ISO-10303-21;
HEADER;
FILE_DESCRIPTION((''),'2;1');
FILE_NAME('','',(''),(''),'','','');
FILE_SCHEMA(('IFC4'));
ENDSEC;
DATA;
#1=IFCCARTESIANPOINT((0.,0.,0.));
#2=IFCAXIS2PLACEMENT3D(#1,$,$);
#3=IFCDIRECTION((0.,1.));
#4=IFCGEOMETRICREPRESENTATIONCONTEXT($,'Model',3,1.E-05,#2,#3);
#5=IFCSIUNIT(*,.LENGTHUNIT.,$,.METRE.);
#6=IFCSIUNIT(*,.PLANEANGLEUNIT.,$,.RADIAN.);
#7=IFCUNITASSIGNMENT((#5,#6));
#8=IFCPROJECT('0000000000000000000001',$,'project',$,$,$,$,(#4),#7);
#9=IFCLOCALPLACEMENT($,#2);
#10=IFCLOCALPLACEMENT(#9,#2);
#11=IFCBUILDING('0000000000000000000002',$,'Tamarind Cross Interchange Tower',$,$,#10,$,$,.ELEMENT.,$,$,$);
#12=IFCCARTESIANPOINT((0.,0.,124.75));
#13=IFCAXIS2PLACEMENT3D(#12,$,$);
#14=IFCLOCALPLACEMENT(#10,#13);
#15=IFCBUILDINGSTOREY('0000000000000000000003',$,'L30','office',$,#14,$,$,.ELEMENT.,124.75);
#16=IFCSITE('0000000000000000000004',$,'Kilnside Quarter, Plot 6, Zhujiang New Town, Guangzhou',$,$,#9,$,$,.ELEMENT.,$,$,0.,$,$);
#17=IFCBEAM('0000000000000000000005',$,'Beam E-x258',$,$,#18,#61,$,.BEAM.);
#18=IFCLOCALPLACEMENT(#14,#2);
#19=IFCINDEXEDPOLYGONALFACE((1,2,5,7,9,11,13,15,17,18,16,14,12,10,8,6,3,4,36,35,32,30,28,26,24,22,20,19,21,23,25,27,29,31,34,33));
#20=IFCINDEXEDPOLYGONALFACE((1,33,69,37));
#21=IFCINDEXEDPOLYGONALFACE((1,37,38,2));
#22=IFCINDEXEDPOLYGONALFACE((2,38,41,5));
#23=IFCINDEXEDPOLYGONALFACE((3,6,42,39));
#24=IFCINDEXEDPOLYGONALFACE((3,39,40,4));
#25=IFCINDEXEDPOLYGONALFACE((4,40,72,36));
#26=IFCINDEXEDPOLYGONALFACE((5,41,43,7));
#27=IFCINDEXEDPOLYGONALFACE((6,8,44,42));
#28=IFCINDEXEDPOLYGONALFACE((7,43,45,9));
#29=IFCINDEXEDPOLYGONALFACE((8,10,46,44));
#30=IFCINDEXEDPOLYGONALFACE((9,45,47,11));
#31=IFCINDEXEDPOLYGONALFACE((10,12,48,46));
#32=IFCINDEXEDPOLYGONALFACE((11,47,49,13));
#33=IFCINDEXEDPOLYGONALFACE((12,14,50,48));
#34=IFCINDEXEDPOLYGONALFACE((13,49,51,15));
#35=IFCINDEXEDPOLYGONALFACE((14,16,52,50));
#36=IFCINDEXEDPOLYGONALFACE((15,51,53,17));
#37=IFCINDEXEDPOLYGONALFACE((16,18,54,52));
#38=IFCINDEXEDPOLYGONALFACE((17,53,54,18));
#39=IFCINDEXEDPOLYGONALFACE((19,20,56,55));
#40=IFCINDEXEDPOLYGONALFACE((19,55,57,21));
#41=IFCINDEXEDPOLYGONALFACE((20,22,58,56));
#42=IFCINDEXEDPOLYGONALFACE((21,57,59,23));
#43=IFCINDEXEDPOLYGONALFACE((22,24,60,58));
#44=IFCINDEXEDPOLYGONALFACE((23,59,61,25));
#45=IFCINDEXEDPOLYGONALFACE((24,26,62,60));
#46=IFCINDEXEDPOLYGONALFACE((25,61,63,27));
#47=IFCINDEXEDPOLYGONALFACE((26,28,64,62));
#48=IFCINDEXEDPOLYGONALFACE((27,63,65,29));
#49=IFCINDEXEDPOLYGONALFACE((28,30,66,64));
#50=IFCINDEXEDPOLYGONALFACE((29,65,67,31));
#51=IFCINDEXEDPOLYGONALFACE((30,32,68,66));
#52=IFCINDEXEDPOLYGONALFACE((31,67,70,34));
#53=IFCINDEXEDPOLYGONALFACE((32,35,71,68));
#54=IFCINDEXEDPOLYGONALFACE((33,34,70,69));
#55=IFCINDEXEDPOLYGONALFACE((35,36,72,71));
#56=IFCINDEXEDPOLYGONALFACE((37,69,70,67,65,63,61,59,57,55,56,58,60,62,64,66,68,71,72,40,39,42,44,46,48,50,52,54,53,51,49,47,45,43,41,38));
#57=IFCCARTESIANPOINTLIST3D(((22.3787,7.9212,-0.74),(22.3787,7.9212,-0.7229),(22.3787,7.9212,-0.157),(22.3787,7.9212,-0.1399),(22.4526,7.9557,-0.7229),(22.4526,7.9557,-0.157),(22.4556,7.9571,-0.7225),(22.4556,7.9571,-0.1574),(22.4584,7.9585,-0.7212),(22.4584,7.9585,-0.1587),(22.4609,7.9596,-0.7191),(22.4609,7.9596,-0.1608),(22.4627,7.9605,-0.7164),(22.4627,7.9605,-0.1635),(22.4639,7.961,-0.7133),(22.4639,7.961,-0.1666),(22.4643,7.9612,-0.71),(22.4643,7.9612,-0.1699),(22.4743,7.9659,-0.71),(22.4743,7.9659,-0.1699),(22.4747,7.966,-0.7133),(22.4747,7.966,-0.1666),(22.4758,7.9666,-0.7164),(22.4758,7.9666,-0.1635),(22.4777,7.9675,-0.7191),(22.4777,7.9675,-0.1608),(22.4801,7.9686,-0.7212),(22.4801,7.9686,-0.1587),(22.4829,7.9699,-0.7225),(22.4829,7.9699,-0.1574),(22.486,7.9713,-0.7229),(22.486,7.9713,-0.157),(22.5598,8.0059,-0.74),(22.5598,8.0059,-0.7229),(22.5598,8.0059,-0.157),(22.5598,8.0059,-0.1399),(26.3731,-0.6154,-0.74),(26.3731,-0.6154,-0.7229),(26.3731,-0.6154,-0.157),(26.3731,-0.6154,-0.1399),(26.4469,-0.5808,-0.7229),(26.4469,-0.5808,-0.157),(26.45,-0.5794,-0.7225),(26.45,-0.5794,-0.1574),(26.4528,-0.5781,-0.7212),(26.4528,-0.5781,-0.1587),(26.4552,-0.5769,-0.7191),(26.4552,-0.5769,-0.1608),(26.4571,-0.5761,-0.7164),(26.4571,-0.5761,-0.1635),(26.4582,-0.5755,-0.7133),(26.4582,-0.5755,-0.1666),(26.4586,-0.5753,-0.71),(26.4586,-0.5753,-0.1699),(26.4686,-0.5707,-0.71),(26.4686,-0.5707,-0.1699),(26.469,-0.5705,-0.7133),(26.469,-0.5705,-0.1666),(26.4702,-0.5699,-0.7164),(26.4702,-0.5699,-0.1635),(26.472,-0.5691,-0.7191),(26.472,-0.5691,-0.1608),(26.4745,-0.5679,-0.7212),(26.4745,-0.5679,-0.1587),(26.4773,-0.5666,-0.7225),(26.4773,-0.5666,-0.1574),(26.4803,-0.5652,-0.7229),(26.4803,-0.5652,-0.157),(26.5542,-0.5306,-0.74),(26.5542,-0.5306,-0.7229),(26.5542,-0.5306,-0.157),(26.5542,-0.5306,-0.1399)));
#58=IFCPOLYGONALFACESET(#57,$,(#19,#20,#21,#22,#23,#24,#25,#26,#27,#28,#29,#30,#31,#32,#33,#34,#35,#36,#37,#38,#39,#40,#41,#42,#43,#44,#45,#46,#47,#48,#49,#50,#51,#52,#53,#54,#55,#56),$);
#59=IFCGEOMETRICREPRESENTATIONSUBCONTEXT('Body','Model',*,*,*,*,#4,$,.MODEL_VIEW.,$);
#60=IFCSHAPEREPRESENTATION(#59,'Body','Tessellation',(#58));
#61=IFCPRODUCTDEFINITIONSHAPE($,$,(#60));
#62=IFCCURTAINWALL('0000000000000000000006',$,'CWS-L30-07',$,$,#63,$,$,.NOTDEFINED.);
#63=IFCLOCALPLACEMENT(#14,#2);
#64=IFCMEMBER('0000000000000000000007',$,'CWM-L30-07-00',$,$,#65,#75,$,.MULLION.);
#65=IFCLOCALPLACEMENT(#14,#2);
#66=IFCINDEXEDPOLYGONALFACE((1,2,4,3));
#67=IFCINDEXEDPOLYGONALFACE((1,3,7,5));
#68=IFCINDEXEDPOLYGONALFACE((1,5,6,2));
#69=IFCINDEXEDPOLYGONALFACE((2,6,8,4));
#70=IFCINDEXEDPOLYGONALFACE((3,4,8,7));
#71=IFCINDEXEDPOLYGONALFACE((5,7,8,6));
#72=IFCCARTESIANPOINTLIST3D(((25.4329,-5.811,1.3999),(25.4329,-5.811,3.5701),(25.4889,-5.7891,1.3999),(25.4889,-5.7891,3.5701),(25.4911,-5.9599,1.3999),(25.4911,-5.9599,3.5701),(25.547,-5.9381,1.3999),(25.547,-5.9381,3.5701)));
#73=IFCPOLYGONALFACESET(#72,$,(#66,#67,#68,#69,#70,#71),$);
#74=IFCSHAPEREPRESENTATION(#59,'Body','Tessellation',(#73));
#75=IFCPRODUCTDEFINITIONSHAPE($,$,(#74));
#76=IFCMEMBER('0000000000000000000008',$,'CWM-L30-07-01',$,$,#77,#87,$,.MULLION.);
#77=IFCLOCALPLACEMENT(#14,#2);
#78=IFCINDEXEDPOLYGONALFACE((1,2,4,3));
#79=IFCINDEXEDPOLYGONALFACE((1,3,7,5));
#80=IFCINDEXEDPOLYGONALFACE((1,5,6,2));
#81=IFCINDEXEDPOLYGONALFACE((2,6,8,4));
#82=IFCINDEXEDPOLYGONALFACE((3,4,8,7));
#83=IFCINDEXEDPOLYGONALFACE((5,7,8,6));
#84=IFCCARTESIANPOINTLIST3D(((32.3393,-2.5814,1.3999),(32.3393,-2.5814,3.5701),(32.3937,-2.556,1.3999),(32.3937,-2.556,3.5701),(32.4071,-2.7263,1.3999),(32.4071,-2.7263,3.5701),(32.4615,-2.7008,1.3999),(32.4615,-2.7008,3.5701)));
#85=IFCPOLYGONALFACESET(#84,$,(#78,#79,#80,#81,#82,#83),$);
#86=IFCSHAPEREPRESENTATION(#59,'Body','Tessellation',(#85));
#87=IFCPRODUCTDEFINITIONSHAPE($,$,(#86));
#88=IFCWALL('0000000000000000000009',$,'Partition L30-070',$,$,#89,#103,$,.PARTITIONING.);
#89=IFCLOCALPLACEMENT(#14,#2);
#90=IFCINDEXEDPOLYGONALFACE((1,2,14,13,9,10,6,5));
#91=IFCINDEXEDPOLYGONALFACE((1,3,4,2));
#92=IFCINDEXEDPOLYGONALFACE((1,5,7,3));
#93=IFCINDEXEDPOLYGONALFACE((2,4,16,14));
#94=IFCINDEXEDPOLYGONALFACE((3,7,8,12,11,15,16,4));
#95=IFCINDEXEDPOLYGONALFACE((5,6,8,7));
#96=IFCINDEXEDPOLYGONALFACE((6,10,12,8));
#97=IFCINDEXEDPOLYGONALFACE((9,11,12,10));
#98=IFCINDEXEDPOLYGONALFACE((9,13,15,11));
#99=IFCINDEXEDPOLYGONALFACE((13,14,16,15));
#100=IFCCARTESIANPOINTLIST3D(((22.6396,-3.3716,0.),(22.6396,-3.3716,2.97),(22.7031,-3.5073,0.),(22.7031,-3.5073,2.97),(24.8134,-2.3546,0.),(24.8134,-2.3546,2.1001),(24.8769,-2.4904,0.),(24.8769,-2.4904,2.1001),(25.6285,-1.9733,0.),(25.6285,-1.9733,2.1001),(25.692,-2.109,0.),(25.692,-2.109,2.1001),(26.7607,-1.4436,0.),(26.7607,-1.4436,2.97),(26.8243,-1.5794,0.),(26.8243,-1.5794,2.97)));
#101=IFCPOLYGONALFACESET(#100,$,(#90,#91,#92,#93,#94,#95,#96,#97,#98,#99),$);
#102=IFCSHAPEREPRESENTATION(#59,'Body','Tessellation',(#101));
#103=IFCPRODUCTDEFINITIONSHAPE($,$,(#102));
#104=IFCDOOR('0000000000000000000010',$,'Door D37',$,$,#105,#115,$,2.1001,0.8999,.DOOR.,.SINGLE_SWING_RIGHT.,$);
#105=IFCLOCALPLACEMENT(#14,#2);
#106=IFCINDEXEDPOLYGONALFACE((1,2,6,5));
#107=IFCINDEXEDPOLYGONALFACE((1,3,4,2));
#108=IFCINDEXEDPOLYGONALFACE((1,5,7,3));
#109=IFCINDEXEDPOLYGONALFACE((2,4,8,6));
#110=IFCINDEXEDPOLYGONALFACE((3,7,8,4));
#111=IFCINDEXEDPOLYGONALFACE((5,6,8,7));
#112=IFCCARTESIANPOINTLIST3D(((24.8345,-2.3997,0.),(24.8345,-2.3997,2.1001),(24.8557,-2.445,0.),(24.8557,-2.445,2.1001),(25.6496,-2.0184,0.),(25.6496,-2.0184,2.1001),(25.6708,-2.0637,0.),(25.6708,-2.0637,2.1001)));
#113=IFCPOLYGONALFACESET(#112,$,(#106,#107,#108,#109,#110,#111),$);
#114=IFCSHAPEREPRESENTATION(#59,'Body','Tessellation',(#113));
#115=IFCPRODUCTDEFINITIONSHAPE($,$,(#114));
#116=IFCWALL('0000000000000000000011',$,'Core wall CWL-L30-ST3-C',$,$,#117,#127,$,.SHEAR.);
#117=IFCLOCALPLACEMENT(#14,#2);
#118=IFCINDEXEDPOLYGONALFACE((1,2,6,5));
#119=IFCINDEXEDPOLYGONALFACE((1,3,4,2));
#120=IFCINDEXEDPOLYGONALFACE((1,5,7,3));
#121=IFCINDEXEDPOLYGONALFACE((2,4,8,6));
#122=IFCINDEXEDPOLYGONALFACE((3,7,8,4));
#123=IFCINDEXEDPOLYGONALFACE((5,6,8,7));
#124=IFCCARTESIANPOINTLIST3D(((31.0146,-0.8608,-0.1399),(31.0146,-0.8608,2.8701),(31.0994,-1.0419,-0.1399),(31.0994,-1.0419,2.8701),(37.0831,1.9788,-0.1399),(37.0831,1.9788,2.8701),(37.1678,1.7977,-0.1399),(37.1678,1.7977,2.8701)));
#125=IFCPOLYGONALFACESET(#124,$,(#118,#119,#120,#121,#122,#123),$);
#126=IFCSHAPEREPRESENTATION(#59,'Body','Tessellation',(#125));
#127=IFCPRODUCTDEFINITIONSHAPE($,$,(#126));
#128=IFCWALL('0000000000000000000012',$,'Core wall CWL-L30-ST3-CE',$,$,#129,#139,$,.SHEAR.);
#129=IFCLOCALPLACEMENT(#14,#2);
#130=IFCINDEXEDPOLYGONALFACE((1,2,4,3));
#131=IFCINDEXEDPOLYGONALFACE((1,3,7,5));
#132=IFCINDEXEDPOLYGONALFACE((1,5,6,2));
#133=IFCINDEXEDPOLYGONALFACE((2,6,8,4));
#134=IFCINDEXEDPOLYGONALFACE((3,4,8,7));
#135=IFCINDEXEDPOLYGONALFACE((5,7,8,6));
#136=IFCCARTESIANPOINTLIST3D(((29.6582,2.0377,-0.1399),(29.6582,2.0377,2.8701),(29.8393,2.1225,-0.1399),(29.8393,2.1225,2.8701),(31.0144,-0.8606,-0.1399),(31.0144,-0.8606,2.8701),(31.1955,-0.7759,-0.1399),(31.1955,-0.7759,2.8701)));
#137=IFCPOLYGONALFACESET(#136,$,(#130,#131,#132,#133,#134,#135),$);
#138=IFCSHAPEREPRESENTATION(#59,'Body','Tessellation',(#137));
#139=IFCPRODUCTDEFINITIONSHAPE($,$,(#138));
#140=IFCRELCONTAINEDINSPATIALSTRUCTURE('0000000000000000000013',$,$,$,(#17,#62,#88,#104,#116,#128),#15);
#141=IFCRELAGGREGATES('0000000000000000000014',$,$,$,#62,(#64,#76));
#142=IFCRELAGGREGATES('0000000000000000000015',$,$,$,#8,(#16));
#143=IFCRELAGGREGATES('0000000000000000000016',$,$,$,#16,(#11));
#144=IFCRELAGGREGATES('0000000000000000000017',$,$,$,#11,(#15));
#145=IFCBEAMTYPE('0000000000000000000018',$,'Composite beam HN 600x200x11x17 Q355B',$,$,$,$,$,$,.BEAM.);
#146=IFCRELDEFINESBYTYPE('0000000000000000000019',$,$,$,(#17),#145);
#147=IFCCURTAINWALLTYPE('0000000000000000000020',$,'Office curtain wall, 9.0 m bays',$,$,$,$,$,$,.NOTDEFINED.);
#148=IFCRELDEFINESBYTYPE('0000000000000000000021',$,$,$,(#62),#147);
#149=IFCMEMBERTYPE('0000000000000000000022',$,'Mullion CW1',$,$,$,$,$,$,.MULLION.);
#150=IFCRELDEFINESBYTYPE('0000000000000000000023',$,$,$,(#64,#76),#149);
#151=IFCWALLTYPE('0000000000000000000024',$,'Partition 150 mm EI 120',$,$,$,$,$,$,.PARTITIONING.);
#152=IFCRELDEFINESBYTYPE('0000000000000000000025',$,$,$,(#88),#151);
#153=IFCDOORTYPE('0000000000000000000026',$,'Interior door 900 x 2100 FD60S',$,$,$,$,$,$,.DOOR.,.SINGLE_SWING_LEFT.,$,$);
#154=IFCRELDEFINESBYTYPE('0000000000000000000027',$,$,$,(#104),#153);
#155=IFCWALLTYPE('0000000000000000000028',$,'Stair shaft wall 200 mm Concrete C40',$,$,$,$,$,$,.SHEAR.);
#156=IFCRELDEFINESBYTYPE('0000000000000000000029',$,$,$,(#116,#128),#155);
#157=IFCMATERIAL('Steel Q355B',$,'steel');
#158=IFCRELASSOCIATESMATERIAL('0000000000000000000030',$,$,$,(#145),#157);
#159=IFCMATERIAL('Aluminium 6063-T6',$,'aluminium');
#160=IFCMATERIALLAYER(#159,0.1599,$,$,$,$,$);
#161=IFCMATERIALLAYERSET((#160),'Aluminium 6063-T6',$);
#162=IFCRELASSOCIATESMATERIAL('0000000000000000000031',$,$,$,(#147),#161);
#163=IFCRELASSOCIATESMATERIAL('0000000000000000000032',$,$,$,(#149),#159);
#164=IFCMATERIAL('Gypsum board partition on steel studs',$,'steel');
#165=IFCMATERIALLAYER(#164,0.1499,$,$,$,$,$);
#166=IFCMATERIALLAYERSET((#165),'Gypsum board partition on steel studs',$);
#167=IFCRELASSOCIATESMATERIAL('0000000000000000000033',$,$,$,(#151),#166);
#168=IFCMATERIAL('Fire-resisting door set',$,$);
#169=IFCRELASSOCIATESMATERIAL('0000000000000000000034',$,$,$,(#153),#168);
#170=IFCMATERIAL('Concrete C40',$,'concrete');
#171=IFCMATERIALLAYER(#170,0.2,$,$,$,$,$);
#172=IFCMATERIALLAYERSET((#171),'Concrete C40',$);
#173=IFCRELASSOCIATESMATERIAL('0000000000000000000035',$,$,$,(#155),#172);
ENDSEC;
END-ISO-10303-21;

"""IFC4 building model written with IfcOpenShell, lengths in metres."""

from ifc_helpers import new_model, si_unit, direction, frame, frame_2d, origin, origin_2d, place, context, subcontext, project, spatial, rectangle, i_section, extrude, material, layer, layer_set, material_profile, profile_set, type_object, element, fill, aggregate, save


model = new_model("IFC4")

# Units and contexts
model_context = context("Model", 3, precision=1e-05, world=origin(), true_north=direction((0.0, 1.0)))
body_context = subcontext(model_context, "Body", "Model", "MODEL_VIEW")
ifc_project = project(units=[si_unit("LENGTHUNIT", "METRE"), si_unit("PLANEANGLEUNIT", "RADIAN")], contexts=[model_context])

# Site, building, storey
site_placement = place(None, origin())
site = spatial("IfcSite", under=ifc_project, at=site_placement, Name="Kilnside Quarter, Plot 6, Zhujiang New Town, Guangzhou", CompositionType="ELEMENT", RefElevation=0.0)
building_placement = place(site_placement, origin())
building = spatial("IfcBuilding", under=site, at=building_placement, Name="Tamarind Cross Interchange Tower", CompositionType="ELEMENT")
storey_placement = place(building_placement, frame((0.0, 0.0, 124.75)))
storey = spatial("IfcBuildingStorey", under=building, at=storey_placement, Name="L30", Description="office", CompositionType="ELEMENT", Elevation=124.75)

# Beam
ifc_material_1 = material(Name="Steel Q355B", Category="steel")
ifc_material_profile_1 = material_profile(ifc_material_1, i_section(OverallWidth=0.2, OverallDepth=0.6001, WebThickness=0.011, FlangeThickness=0.0171, FilletRadius=0.0129, at=origin_2d()), Name="HN 600x200x11x17")
ifc_profile_set_1 = profile_set([ifc_material_profile_1], Name="Steel Q355B")
beam_type_1 = type_object("IfcBeamType", Name="Composite beam HN 600x200x11x17 Q355B", PredefinedType="BEAM", material=ifc_profile_set_1)
beam_1_placement = place(storey_placement, frame((26.4636, -0.573, -0.4399), z_axis=(-0.423811, 0.905751, 0.0), x_axis=(-0.905751, -0.423811, 0.0)))
element("IfcBeam", 1, at=beam_1_placement, inside=storey, type_object=beam_type_1, Name="Beam E-x258", PredefinedType="BEAM", context=body_context, shape_type="SweptSolid", body=[
    extrude(i_section(OverallWidth=0.2, OverallDepth=0.6001, WebThickness=0.011, FlangeThickness=0.0171, FilletRadius=0.0129, at=origin_2d()), origin(), (0.0, 0.0, 1.0), 9.4248),
])

# Curtain wall, members
ifc_material_2 = material(Name="Aluminium 6063-T6", Category="aluminium")
ifc_layer_1 = layer(ifc_material_2, 0.1599)
ifc_layer_set_1 = layer_set([ifc_layer_1], Name="Aluminium 6063-T6")
curtain_wall_type = type_object("IfcCurtainWallType", Name="Office curtain wall, 9.0 m bays", PredefinedType="NOTDEFINED", material=ifc_layer_set_1)
curtain_wall_placement = place(storey_placement, origin())
curtain_wall = element("IfcCurtainWall", 2, at=curtain_wall_placement, inside=storey, type_object=curtain_wall_type, Name="CWS-L30-07", PredefinedType="NOTDEFINED")
ifc_material_profile_2 = material_profile(ifc_material_2, rectangle(XDim=0.0601, YDim=0.1599, at=origin_2d()), Name="Mullion CW1")
ifc_profile_set_2 = profile_set([ifc_material_profile_2], Name="Aluminium 6063-T6")
member_type = type_object("IfcMemberType", Name="Mullion CW1", PredefinedType="MULLION", material=ifc_profile_set_2)
member_1_placement = place(storey_placement, frame((25.49, -5.8745, 1.3999), z_axis=(0.0, 0.0, 1.0), x_axis=(0.931531, 0.363661, 0.0)))
member_1 = element("IfcMember", 3, at=member_1_placement, type_object=member_type, Name="CWM-L30-07-00", PredefinedType="MULLION", context=body_context, shape_type="SweptSolid", body=[
    extrude(rectangle(XDim=0.0601, YDim=0.1599, at=origin_2d()), origin(), (0.0, 0.0, 1.0), 2.1702),
])
member_2_placement = place(storey_placement, frame((32.4004, -2.6411, 1.3999), z_axis=(0.0, 0.0, 1.0), x_axis=(0.905752, 0.423807, 0.0)))
member_2 = element("IfcMember", 4, at=member_2_placement, type_object=member_type, Name="CWM-L30-07-01", PredefinedType="MULLION", context=body_context, shape_type="SweptSolid", body=[
    extrude(rectangle(XDim=0.0601, YDim=0.1599, at=origin_2d()), origin(), (0.0, 0.0, 1.0), 2.1702),
])
aggregate(curtain_wall, [member_1, member_2])

# Wall, opening, door
ifc_material_3 = material(Name="Gypsum board partition on steel studs", Category="steel")
ifc_layer_2 = layer(ifc_material_3, 0.1499)
ifc_layer_set_2 = layer_set([ifc_layer_2], Name="Gypsum board partition on steel studs")
wall_type_1 = type_object("IfcWallType", Name="Partition 150 mm EI 120", PredefinedType="PARTITIONING", material=ifc_layer_set_2)
wall_1_placement = place(storey_placement, frame((22.6714, -3.4395, 0.0), z_axis=(0.0, 0.0, 1.0), x_axis=(0.905778, 0.423752, 0.0)))
wall_1 = element("IfcWall", 5, at=wall_1_placement, inside=storey, type_object=wall_type_1, Name="Partition L30-070", PredefinedType="PARTITIONING", context=body_context, shape_type="SweptSolid", body=[
    extrude(rectangle(XDim=4.5498, YDim=0.1499, at=frame_2d((2.2749, 0.0))), origin(), (0.0, 0.0, 1.0), 2.97),
])
opening_placement = place(wall_1_placement, frame((2.3999, 0.0, 0.0)))
opening = element("IfcOpeningElement", 6, at=opening_placement, cuts=wall_1, PredefinedType="OPENING", context=body_context, shape_type="SweptSolid", body=[
    extrude(rectangle(XDim=0.8999, YDim=2.1001, at=frame_2d((0.45, 1.05))), frame((0.0, 0.085, 0.0), z_axis=(0.0, -1.0, 0.0), x_axis=(1.0, 0.0, 0.0)), (0.0, 0.0, 1.0), 0.1699),
])
ifc_material_4 = material(Name="Fire-resisting door set")
door_type = type_object("IfcDoorType", Name="Interior door 900 x 2100 FD60S", OperationType="SINGLE_SWING_LEFT", PredefinedType="DOOR", material=ifc_material_4)
door_placement = place(opening_placement, frame((0.8999, 0.0, 0.0), z_axis=(0.0, 0.0, 1.0), x_axis=(-1.0, 0.0, 0.0)))
door = element("IfcDoor", 7, at=door_placement, inside=storey, type_object=door_type, Name="Door D37", OperationType="SINGLE_SWING_RIGHT", OverallHeight=2.1001, OverallWidth=0.8999, PredefinedType="DOOR", context=body_context, shape_type="SweptSolid", body=[
    extrude(rectangle(XDim=0.8999, YDim=2.1001, at=frame_2d((0.45, 1.05))), frame((0.0, 0.0249, 0.0), z_axis=(0.0, -1.0, 0.0), x_axis=(1.0, 0.0, 0.0)), (0.0, 0.0, 1.0), 0.05),
])
fill(opening, door)

# Walls
ifc_material_5 = material(Name="Concrete C40", Category="concrete")
ifc_layer_3 = layer(ifc_material_5, 0.2)
ifc_layer_set_3 = layer_set([ifc_layer_3], Name="Concrete C40")
wall_type_2 = type_object("IfcWallType", Name="Stair shaft wall 200 mm Concrete C40", PredefinedType="SHEAR", material=ifc_layer_set_3)
wall_2_placement = place(storey_placement, frame((31.0569, -0.9514, -0.1399), z_axis=(0.0, 0.0, 1.0), x_axis=(0.905742, 0.423829, 0.0)))
element("IfcWall", 8, at=wall_2_placement, inside=storey, type_object=wall_type_2, Name="Core wall CWL-L30-ST3-C", PredefinedType="SHEAR", context=body_context, shape_type="SweptSolid", body=[
    extrude(rectangle(XDim=6.7, YDim=0.2, at=frame_2d((3.3501, 0.0))), origin(), (0.0, 0.0, 1.0), 3.01),
])
wall_3_placement = place(storey_placement, frame((31.105, -0.8184, -0.1399), z_axis=(0.0, 0.0, 1.0), x_axis=(-0.423808, 0.905752, 0.0)))
element("IfcWall", 9, at=wall_3_placement, inside=storey, type_object=wall_type_2, Name="Core wall CWL-L30-ST3-CE", PredefinedType="SHEAR", context=body_context, shape_type="SweptSolid", body=[
    extrude(rectangle(XDim=3.2, YDim=0.2, at=frame_2d((1.6001, 0.0))), origin(), (0.0, 0.0, 1.0), 3.01),
])

save(model, "model.ifc")
